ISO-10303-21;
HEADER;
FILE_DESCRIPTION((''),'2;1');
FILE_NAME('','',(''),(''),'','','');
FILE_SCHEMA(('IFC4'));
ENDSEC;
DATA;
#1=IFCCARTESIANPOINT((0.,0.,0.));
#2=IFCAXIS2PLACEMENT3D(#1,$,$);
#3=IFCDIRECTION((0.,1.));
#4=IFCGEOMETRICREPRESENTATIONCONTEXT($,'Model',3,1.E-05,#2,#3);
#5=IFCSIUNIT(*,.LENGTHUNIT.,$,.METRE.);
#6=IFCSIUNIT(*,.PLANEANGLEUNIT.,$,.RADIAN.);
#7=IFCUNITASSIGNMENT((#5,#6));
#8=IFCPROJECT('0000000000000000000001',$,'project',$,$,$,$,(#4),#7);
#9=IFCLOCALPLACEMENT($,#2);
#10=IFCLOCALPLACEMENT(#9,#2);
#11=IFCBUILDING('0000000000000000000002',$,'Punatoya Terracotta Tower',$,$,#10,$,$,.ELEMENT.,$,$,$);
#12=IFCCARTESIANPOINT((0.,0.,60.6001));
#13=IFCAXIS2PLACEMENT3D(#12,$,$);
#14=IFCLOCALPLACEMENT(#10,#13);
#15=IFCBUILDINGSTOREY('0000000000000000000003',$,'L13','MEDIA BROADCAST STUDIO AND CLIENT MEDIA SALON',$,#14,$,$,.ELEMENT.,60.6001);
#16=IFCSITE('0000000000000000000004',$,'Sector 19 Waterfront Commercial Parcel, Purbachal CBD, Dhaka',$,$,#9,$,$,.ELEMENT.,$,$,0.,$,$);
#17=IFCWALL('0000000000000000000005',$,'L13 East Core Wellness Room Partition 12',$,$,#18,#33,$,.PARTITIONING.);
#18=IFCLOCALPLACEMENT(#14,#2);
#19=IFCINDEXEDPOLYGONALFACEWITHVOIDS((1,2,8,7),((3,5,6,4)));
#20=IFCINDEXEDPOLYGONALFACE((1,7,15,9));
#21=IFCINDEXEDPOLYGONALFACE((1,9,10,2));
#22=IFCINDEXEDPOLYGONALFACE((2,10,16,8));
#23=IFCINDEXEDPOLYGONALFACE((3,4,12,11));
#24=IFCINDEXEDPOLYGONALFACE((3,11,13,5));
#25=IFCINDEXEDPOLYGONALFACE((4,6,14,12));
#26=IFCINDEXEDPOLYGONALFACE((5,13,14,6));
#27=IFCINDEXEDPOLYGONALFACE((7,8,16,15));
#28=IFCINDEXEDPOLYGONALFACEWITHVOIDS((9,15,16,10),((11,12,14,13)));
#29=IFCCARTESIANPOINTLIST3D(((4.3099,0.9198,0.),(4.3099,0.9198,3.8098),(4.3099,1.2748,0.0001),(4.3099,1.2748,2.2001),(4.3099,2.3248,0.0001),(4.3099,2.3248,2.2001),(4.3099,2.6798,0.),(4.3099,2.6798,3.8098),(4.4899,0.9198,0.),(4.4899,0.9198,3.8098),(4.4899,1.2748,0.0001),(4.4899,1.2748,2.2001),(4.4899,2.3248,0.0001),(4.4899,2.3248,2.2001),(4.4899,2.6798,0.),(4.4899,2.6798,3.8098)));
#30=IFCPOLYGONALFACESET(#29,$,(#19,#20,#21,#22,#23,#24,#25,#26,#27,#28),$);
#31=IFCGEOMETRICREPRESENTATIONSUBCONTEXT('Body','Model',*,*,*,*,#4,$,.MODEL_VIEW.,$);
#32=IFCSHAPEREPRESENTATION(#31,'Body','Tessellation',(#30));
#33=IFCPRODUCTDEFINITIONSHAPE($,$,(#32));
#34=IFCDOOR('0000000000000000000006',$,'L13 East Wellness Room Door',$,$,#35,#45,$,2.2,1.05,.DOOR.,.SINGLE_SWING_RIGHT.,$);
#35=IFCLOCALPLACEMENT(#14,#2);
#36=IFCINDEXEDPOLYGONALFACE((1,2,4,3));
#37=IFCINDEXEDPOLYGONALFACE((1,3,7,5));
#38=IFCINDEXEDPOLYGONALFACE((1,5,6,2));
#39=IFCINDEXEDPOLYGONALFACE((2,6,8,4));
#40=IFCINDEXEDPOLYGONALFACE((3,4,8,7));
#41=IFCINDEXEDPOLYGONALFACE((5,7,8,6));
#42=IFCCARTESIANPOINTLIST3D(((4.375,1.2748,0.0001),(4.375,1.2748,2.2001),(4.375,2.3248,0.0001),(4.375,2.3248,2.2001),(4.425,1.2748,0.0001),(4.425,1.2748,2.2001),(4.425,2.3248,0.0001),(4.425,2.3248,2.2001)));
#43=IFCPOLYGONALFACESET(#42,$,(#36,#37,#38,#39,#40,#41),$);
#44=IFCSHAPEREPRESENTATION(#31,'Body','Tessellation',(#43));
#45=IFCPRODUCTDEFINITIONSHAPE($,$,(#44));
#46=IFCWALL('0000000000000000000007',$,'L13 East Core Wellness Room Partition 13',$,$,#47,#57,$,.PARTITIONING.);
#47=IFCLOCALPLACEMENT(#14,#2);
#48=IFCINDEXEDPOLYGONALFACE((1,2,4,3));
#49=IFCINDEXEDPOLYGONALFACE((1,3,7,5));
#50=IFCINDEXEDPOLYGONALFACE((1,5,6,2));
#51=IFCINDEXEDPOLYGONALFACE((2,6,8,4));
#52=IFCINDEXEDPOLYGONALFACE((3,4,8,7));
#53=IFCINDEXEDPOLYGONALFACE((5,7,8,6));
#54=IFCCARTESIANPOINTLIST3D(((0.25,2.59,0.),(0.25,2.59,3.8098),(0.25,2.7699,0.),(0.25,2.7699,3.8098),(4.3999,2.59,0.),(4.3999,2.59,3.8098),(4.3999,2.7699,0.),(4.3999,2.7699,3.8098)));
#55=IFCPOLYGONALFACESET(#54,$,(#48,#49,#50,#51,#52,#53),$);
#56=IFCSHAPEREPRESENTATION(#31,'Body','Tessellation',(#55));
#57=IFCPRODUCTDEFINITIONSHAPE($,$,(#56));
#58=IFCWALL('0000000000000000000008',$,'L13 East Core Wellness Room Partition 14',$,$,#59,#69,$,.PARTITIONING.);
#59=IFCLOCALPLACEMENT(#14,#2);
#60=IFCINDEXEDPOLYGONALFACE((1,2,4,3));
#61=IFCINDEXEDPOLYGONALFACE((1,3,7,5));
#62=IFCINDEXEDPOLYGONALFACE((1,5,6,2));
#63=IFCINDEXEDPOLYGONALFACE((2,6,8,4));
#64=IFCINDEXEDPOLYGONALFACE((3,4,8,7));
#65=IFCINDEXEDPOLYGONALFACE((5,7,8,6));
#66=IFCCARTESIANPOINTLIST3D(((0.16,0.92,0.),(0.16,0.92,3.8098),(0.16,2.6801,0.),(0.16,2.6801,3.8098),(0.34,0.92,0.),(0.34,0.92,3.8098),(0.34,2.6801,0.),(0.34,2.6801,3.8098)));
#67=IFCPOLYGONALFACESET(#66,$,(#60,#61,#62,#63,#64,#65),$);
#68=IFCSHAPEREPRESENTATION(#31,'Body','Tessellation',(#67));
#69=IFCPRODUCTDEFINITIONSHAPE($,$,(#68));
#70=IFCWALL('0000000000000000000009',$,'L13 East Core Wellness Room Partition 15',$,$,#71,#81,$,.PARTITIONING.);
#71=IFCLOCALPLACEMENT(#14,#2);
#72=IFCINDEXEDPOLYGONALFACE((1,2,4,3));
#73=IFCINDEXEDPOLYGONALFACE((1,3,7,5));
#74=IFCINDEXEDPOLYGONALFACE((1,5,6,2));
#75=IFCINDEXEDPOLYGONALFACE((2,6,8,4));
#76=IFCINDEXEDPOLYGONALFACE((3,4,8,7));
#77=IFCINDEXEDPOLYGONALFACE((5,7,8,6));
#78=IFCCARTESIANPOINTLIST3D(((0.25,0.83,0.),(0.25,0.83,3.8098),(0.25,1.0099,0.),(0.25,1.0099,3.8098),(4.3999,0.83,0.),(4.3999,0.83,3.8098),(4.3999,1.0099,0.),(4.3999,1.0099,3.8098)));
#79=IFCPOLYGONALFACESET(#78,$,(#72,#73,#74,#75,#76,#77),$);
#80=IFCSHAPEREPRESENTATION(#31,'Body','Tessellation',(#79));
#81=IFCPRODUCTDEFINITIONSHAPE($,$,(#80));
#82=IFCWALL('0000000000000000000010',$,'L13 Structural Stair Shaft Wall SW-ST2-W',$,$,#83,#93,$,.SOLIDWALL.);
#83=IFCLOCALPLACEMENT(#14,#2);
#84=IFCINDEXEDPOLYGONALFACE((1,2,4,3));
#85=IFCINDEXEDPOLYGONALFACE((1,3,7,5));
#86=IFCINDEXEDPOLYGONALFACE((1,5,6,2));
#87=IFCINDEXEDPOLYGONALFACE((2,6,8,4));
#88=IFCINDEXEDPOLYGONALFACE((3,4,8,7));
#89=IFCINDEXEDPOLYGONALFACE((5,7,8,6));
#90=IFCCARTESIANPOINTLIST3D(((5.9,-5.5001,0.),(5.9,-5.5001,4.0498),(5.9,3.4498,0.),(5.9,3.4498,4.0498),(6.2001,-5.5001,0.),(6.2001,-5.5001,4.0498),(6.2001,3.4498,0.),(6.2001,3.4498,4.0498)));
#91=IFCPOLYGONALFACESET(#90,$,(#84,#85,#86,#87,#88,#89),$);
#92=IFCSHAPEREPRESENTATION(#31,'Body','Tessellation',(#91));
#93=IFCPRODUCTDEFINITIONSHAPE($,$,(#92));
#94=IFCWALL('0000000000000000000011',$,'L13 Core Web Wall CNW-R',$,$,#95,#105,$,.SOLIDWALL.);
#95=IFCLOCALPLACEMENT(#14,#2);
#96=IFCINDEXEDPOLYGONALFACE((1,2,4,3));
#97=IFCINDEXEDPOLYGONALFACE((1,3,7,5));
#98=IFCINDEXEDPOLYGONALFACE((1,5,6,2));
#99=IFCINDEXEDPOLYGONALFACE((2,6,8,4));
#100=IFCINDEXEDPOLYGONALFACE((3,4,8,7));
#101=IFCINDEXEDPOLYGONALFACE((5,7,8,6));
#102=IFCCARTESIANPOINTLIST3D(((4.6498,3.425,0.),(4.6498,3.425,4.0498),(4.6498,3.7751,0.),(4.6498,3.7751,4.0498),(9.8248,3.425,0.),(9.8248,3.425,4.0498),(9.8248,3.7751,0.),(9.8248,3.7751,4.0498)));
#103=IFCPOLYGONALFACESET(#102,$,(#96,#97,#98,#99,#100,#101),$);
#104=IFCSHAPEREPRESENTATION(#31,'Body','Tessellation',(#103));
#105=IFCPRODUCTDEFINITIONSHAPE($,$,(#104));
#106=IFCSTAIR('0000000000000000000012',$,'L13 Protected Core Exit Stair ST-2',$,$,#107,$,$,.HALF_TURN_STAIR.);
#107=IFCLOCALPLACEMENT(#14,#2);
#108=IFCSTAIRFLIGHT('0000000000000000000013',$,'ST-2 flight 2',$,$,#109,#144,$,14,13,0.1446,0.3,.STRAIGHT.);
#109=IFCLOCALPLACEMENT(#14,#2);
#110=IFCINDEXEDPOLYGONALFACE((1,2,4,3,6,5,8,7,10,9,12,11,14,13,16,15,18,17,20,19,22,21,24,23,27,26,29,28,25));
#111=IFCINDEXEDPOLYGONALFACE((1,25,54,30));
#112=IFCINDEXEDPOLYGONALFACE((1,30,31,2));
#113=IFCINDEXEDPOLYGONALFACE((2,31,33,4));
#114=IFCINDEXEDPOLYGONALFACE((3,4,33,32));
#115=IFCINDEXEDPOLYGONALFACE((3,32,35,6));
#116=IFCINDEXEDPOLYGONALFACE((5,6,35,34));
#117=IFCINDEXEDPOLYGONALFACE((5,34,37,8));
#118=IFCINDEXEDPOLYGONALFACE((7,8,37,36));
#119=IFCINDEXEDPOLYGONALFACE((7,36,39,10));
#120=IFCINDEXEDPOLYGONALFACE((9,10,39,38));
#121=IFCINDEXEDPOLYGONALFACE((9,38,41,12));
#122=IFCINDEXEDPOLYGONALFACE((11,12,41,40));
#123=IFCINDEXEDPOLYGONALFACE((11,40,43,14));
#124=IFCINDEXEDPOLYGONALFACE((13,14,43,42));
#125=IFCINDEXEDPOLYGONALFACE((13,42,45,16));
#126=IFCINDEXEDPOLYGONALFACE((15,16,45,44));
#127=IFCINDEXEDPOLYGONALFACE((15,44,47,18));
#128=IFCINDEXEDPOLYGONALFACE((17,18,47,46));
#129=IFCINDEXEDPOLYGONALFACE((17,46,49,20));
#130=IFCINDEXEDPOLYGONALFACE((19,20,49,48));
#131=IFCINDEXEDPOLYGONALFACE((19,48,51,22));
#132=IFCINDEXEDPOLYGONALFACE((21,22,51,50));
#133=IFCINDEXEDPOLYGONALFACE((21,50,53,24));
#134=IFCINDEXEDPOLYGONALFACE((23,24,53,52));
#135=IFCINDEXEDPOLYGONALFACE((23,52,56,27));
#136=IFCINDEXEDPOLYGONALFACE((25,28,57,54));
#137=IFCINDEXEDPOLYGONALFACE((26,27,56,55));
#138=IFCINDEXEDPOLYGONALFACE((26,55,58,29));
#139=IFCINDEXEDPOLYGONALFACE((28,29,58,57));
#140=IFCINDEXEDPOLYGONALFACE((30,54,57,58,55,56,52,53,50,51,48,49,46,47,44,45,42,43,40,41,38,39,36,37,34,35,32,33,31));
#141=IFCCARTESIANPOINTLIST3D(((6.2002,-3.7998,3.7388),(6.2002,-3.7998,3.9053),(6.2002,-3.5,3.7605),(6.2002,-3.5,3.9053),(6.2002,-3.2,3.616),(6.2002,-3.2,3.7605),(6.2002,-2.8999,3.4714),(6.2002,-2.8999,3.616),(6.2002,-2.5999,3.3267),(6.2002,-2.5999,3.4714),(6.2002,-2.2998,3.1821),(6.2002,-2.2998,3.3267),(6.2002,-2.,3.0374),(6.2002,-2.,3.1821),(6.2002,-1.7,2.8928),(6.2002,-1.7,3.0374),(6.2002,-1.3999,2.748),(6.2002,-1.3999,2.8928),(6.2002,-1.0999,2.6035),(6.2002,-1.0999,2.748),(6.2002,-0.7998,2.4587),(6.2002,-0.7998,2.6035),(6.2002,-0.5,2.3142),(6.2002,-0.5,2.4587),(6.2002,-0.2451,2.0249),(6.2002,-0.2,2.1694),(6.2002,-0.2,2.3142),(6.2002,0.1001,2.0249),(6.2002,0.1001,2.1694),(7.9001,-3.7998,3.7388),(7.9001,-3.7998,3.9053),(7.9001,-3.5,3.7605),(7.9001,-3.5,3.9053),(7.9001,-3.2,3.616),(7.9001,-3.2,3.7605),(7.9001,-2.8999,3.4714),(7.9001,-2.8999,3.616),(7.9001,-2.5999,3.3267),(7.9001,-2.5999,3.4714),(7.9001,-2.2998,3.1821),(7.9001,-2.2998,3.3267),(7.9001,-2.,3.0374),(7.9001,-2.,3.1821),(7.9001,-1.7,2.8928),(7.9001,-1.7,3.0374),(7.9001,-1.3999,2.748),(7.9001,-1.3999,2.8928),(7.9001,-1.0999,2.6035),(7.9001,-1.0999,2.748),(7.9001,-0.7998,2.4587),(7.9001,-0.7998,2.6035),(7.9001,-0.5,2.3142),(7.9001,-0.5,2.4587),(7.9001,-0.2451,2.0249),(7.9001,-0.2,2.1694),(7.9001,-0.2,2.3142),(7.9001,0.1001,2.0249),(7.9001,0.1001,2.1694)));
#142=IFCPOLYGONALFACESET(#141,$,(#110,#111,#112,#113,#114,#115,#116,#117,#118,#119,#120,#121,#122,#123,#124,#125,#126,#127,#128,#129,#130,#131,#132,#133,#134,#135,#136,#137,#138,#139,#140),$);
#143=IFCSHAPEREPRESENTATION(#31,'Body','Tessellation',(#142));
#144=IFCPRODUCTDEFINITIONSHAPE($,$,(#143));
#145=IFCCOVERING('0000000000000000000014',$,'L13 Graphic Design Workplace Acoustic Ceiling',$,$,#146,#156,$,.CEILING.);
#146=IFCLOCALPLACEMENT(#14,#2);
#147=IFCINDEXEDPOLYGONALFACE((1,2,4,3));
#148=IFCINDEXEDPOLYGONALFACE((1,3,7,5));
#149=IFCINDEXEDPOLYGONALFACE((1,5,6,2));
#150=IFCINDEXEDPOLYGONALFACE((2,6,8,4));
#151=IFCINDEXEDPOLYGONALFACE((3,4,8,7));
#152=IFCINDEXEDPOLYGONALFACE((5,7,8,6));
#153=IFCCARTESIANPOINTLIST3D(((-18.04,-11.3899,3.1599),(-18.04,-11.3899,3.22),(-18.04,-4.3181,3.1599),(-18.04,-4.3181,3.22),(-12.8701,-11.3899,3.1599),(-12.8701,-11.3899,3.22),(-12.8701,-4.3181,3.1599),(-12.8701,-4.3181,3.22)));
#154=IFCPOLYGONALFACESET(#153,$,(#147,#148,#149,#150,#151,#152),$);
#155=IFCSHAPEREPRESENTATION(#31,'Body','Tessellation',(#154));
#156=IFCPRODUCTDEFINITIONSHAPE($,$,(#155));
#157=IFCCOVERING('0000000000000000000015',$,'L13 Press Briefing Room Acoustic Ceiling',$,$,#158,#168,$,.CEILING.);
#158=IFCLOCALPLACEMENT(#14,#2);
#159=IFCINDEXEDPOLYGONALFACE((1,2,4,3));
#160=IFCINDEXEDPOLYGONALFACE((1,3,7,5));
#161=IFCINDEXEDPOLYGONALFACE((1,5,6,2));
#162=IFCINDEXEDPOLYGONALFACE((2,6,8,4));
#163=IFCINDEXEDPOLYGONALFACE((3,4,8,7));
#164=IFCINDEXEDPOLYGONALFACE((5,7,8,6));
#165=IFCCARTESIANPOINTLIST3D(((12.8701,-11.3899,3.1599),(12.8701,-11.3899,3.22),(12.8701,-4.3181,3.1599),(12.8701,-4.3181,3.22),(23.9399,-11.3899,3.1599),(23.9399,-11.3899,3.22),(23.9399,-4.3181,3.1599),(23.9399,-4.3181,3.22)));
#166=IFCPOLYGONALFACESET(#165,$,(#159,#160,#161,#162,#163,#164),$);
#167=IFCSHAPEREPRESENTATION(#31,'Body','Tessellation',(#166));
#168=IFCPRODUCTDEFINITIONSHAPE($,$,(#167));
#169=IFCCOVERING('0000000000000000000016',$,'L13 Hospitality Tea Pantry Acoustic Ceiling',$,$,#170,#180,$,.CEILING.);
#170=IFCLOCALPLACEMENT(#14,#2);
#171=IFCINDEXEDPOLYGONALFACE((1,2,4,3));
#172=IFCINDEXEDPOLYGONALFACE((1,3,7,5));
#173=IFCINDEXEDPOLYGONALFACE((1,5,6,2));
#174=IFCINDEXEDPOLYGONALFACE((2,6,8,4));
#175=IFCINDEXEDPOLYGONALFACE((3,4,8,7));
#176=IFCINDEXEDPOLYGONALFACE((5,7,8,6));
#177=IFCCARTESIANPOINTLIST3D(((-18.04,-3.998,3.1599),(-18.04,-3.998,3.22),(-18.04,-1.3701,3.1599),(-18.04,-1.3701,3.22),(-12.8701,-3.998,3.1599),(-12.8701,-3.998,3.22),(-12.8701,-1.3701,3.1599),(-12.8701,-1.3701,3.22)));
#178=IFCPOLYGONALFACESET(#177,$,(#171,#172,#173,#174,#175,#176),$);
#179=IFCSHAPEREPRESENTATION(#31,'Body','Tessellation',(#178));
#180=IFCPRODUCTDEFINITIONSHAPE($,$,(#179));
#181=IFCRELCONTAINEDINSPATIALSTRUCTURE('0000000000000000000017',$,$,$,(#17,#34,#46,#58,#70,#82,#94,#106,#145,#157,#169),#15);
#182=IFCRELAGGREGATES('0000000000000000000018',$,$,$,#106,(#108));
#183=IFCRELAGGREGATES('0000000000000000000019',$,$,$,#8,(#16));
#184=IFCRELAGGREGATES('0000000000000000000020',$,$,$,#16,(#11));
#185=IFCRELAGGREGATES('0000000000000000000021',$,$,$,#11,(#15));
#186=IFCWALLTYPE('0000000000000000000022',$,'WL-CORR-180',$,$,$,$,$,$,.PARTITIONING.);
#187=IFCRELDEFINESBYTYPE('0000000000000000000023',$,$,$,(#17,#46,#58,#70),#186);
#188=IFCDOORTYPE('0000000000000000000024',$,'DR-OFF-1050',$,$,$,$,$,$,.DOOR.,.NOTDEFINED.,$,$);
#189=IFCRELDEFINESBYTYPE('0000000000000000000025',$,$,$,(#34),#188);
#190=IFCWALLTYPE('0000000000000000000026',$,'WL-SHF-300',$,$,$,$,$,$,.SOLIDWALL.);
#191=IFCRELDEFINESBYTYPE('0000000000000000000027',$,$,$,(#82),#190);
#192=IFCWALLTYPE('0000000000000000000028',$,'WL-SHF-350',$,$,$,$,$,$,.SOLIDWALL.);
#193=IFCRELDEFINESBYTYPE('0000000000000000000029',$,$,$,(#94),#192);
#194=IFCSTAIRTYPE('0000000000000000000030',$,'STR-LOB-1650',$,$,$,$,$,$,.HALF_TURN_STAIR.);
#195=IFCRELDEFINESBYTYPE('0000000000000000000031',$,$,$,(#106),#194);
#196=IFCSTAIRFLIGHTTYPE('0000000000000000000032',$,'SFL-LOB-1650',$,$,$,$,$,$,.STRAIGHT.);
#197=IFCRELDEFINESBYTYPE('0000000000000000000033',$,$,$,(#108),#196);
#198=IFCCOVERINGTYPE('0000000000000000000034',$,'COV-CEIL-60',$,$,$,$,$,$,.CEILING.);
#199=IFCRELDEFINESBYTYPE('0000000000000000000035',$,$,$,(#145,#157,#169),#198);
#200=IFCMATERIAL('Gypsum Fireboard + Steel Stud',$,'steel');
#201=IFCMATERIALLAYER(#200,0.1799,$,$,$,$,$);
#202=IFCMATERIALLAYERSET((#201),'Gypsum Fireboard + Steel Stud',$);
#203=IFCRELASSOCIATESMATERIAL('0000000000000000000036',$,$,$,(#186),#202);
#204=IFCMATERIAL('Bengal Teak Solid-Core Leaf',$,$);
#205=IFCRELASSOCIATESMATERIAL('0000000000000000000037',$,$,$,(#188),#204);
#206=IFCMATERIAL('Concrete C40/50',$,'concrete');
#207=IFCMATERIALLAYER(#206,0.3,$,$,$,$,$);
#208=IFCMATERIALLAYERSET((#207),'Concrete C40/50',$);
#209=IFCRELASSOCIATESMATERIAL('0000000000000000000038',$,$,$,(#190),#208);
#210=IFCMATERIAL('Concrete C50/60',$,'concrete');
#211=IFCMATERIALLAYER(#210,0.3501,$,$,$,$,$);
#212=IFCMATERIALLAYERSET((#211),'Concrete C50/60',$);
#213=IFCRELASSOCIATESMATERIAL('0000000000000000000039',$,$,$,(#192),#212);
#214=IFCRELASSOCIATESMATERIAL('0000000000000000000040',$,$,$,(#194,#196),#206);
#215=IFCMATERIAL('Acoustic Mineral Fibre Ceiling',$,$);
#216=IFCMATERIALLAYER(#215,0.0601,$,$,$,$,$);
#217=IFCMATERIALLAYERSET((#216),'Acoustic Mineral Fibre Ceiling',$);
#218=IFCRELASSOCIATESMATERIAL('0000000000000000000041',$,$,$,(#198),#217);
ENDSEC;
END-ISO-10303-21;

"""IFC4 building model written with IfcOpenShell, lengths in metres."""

from ifc_helpers import new_model, si_unit, direction, frame, frame_2d, origin, place, context, subcontext, project, spatial, polyline, rectangle, outline, extrude, material, layer, layer_set, type_object, element, fill, aggregate, save


model = new_model("IFC4")

# Units and contexts
model_context = context("Model", 3, precision=1e-05, world=origin(), true_north=direction((0.0, 1.0)))
body_context = subcontext(model_context, "Body", "Model", "MODEL_VIEW")
ifc_project = project(units=[si_unit("LENGTHUNIT", "METRE"), si_unit("PLANEANGLEUNIT", "RADIAN")], contexts=[model_context])

# Site, building, storey
site_placement = place(None, origin())
site = spatial("IfcSite", under=ifc_project, at=site_placement, Name="Sector 19 Waterfront Commercial Parcel, Purbachal CBD, Dhaka", CompositionType="ELEMENT", RefElevation=0.0)
building_placement = place(site_placement, origin())
building = spatial("IfcBuilding", under=site, at=building_placement, Name="Punatoya Terracotta Tower", CompositionType="ELEMENT")
storey_placement = place(building_placement, frame((0.0, 0.0, 60.6001)))
storey = spatial("IfcBuildingStorey", under=building, at=storey_placement, Name="L13", Description="MEDIA BROADCAST STUDIO AND CLIENT MEDIA SALON", CompositionType="ELEMENT", Elevation=60.6001)

# Wall, opening, door
ifc_material_1 = material(Name="Gypsum Fireboard + Steel Stud", Category="steel")
ifc_layer_1 = layer(ifc_material_1, 0.1799)
ifc_layer_set_1 = layer_set([ifc_layer_1], Name="Gypsum Fireboard + Steel Stud")
wall_type_1 = type_object("IfcWallType", Name="WL-CORR-180", PredefinedType="PARTITIONING", material=ifc_layer_set_1)
wall_1_placement = place(storey_placement, frame((4.3999, 0.9199, 0.0), z_axis=(0.0, 0.0, 1.0), x_axis=(0.0, 1.0, 0.0)))
wall_1 = element("IfcWall", 1, at=wall_1_placement, inside=storey, type_object=wall_type_1, Name="L13 East Core Wellness Room Partition 12", PredefinedType="PARTITIONING", context=body_context, shape_type="SweptSolid", body=[
    extrude(rectangle(XDim=1.76, YDim=0.1799, at=frame_2d((0.8799, 0.0))), origin(), (0.0, 0.0, 1.0), 3.8098),
])
opening_placement = place(wall_1_placement, frame((0.355, 0.0, 0.0)))
opening = element("IfcOpeningElement", 2, at=opening_placement, cuts=wall_1, PredefinedType="OPENING", context=body_context, shape_type="SweptSolid", body=[
    extrude(rectangle(XDim=1.05, YDim=2.2, at=frame_2d((0.5249, 1.1001))), frame((0.0, 0.0999, 0.0), z_axis=(0.0, -1.0, 0.0), x_axis=(1.0, 0.0, 0.0)), (0.0, 0.0, 1.0), 0.2),
])
ifc_material_2 = material(Name="Bengal Teak Solid-Core Leaf")
door_type = type_object("IfcDoorType", Name="DR-OFF-1050", OperationType="NOTDEFINED", PredefinedType="DOOR", material=ifc_material_2)
door_placement = place(opening_placement, origin())
door = element("IfcDoor", 3, at=door_placement, inside=storey, type_object=door_type, Name="L13 East Wellness Room Door", OperationType="SINGLE_SWING_RIGHT", OverallHeight=2.2, OverallWidth=1.05, PredefinedType="DOOR", context=body_context, shape_type="SweptSolid", body=[
    extrude(rectangle(XDim=1.05, YDim=2.2, at=frame_2d((0.5249, 1.1001))), frame((0.0, 0.0249, 0.0), z_axis=(0.0, -1.0, 0.0), x_axis=(1.0, 0.0, 0.0)), (0.0, 0.0, 1.0), 0.05),
])
fill(opening, door)

# Walls
wall_2_placement = place(storey_placement, frame((4.3999, 2.6799, 0.0), z_axis=(0.0, 0.0, 1.0), x_axis=(-1.0, 0.0, 0.0)))
element("IfcWall", 4, at=wall_2_placement, inside=storey, type_object=wall_type_1, Name="L13 East Core Wellness Room Partition 13", PredefinedType="PARTITIONING", context=body_context, shape_type="SweptSolid", body=[
    extrude(rectangle(XDim=4.1499, YDim=0.1799, at=frame_2d((2.075, 0.0))), origin(), (0.0, 0.0, 1.0), 3.8098),
])
wall_3_placement = place(storey_placement, frame((0.25, 2.6799, 0.0), z_axis=(0.0, 0.0, 1.0), x_axis=(0.0, -1.0, 0.0)))
element("IfcWall", 5, at=wall_3_placement, inside=storey, type_object=wall_type_1, Name="L13 East Core Wellness Room Partition 14", PredefinedType="PARTITIONING", context=body_context, shape_type="SweptSolid", body=[
    extrude(rectangle(XDim=1.76, YDim=0.1799, at=frame_2d((0.8799, 0.0))), origin(), (0.0, 0.0, 1.0), 3.8098),
])
wall_4_placement = place(storey_placement, frame((0.25, 0.9199, 0.0), z_axis=(0.0, 0.0, 1.0), x_axis=(1.0, 0.0, 0.0)))
element("IfcWall", 6, at=wall_4_placement, inside=storey, type_object=wall_type_1, Name="L13 East Core Wellness Room Partition 15", PredefinedType="PARTITIONING", context=body_context, shape_type="SweptSolid", body=[
    extrude(rectangle(XDim=4.1499, YDim=0.1799, at=frame_2d((2.075, 0.0))), origin(), (0.0, 0.0, 1.0), 3.8098),
])
ifc_material_3 = material(Name="Concrete C40/50", Category="concrete")
ifc_layer_2 = layer(ifc_material_3, 0.3)
ifc_layer_set_2 = layer_set([ifc_layer_2], Name="Concrete C40/50")
wall_type_2 = type_object("IfcWallType", Name="WL-SHF-300", PredefinedType="SOLIDWALL", material=ifc_layer_set_2)
wall_5_placement = place(storey_placement, frame((6.05, 3.45, 0.0), z_axis=(0.0, 0.0, 1.0), x_axis=(0.0, -1.0, 0.0)))
element("IfcWall", 7, at=wall_5_placement, inside=storey, type_object=wall_type_2, Name="L13 Structural Stair Shaft Wall SW-ST2-W", PredefinedType="SOLIDWALL", context=body_context, shape_type="SweptSolid", body=[
    extrude(rectangle(XDim=8.95, YDim=0.3, at=frame_2d((4.4751, 0.0))), origin(), (0.0, 0.0, 1.0), 4.0498),
])
ifc_material_4 = material(Name="Concrete C50/60", Category="concrete")
ifc_layer_3 = layer(ifc_material_4, 0.3501)
ifc_layer_set_3 = layer_set([ifc_layer_3], Name="Concrete C50/60")
wall_type_3 = type_object("IfcWallType", Name="WL-SHF-350", PredefinedType="SOLIDWALL", material=ifc_layer_set_3)
wall_6_placement = place(storey_placement, frame((4.6499, 3.6001, 0.0), z_axis=(0.0, 0.0, 1.0), x_axis=(1.0, 0.0, 0.0)))
element("IfcWall", 8, at=wall_6_placement, inside=storey, type_object=wall_type_3, Name="L13 Core Web Wall CNW-R", PredefinedType="SOLIDWALL", context=body_context, shape_type="SweptSolid", body=[
    extrude(rectangle(XDim=5.175, YDim=0.3501, at=frame_2d((2.5874, 0.0))), origin(), (0.0, 0.0, 1.0), 4.0498),
])

# Stair, stair flight
stair_type = type_object("IfcStairType", Name="STR-LOB-1650", PredefinedType="HALF_TURN_STAIR", material=ifc_material_3)
stair_placement = place(storey_placement, origin())
stair = element("IfcStair", 9, at=stair_placement, inside=storey, type_object=stair_type, Name="L13 Protected Core Exit Stair ST-2", PredefinedType="HALF_TURN_STAIR")
stair_flight_type = type_object("IfcStairFlightType", Name="SFL-LOB-1650", PredefinedType="STRAIGHT", material=ifc_material_3)
stair_flight_placement = place(storey_placement, frame((7.05, 0.1001, 2.0249), z_axis=(0.0, 0.0, 1.0), x_axis=(0.0, -1.0, 0.0)))
stair_flight = element("IfcStairFlight", 10, at=stair_flight_placement, type_object=stair_flight_type, Name="ST-2 flight 2", NumberOfRisers=14, NumberOfTreads=13, PredefinedType="STRAIGHT", RiserHeight=0.1446, TreadLength=0.3, context=body_context, shape_type="SweptSolid", body=[
    extrude(outline(polyline([(0.0, 0.0), (0.0, 0.1445), (0.3, 0.1445), (0.3, 0.2893), (0.6001, 0.2893), (0.6001, 0.4338), (0.8999, 0.4338), (0.8999, 0.5786), (1.2, 0.5786), (1.2, 0.7231), (1.5, 0.7231), (1.5, 0.8679), (1.8, 0.8679), (1.8, 1.0125), (2.1001, 1.0125), (2.1001, 1.1572), (2.3999, 1.1572), (2.3999, 1.3018), (2.7, 1.3018), (2.7, 1.4465), (3.0, 1.4465), (3.0, 1.5911), (3.3, 1.5911), (3.3, 1.7356), (3.6001, 1.7356), (3.6001, 1.8804), (3.8999, 1.8804), (3.8999, 2.0249), (3.8999, 1.7139), (0.3452, 0.0), (0.0, 0.0)])), frame((0.0, 0.8501, 0.0), z_axis=(0.0, -1.0, 0.0), x_axis=(1.0, 0.0, 0.0)), (0.0, 0.0, 1.0), 1.7),
])
aggregate(stair, [stair_flight])

# Coverings
ifc_material_5 = material(Name="Acoustic Mineral Fibre Ceiling")
ifc_layer_4 = layer(ifc_material_5, 0.0601)
ifc_layer_set_4 = layer_set([ifc_layer_4], Name="Acoustic Mineral Fibre Ceiling")
covering_type = type_object("IfcCoveringType", Name="COV-CEIL-60", PredefinedType="CEILING", material=ifc_layer_set_4)
covering_1_placement = place(storey_placement, frame((0.0, 0.0, 3.1599)))
element("IfcCovering", 11, at=covering_1_placement, inside=storey, type_object=covering_type, Name="L13 Graphic Design Workplace Acoustic Ceiling", PredefinedType="CEILING", context=body_context, shape_type="SweptSolid", body=[
    extrude(outline(polyline([(-18.04, -4.3181), (-18.04, -11.3899), (-12.8701, -11.3899), (-12.8701, -4.3181), (-18.04, -4.3181)])), origin(), (0.0, 0.0, 1.0), 0.0601),
])
covering_2_placement = place(storey_placement, frame((0.0, 0.0, 3.1599)))
element("IfcCovering", 12, at=covering_2_placement, inside=storey, type_object=covering_type, Name="L13 Press Briefing Room Acoustic Ceiling", PredefinedType="CEILING", context=body_context, shape_type="SweptSolid", body=[
    extrude(outline(polyline([(12.8701, -4.3181), (12.8701, -11.3899), (23.9399, -11.3899), (23.9399, -4.3181), (12.8701, -4.3181)])), origin(), (0.0, 0.0, 1.0), 0.0601),
])
covering_3_placement = place(storey_placement, frame((0.0, 0.0, 3.1599)))
element("IfcCovering", 13, at=covering_3_placement, inside=storey, type_object=covering_type, Name="L13 Hospitality Tea Pantry Acoustic Ceiling", PredefinedType="CEILING", context=body_context, shape_type="SweptSolid", body=[
    extrude(outline(polyline([(-18.04, -1.3701), (-18.04, -3.998), (-12.8701, -3.998), (-12.8701, -1.3701), (-18.04, -1.3701)])), origin(), (0.0, 0.0, 1.0), 0.0601),
])

save(model, "model.ifc")
